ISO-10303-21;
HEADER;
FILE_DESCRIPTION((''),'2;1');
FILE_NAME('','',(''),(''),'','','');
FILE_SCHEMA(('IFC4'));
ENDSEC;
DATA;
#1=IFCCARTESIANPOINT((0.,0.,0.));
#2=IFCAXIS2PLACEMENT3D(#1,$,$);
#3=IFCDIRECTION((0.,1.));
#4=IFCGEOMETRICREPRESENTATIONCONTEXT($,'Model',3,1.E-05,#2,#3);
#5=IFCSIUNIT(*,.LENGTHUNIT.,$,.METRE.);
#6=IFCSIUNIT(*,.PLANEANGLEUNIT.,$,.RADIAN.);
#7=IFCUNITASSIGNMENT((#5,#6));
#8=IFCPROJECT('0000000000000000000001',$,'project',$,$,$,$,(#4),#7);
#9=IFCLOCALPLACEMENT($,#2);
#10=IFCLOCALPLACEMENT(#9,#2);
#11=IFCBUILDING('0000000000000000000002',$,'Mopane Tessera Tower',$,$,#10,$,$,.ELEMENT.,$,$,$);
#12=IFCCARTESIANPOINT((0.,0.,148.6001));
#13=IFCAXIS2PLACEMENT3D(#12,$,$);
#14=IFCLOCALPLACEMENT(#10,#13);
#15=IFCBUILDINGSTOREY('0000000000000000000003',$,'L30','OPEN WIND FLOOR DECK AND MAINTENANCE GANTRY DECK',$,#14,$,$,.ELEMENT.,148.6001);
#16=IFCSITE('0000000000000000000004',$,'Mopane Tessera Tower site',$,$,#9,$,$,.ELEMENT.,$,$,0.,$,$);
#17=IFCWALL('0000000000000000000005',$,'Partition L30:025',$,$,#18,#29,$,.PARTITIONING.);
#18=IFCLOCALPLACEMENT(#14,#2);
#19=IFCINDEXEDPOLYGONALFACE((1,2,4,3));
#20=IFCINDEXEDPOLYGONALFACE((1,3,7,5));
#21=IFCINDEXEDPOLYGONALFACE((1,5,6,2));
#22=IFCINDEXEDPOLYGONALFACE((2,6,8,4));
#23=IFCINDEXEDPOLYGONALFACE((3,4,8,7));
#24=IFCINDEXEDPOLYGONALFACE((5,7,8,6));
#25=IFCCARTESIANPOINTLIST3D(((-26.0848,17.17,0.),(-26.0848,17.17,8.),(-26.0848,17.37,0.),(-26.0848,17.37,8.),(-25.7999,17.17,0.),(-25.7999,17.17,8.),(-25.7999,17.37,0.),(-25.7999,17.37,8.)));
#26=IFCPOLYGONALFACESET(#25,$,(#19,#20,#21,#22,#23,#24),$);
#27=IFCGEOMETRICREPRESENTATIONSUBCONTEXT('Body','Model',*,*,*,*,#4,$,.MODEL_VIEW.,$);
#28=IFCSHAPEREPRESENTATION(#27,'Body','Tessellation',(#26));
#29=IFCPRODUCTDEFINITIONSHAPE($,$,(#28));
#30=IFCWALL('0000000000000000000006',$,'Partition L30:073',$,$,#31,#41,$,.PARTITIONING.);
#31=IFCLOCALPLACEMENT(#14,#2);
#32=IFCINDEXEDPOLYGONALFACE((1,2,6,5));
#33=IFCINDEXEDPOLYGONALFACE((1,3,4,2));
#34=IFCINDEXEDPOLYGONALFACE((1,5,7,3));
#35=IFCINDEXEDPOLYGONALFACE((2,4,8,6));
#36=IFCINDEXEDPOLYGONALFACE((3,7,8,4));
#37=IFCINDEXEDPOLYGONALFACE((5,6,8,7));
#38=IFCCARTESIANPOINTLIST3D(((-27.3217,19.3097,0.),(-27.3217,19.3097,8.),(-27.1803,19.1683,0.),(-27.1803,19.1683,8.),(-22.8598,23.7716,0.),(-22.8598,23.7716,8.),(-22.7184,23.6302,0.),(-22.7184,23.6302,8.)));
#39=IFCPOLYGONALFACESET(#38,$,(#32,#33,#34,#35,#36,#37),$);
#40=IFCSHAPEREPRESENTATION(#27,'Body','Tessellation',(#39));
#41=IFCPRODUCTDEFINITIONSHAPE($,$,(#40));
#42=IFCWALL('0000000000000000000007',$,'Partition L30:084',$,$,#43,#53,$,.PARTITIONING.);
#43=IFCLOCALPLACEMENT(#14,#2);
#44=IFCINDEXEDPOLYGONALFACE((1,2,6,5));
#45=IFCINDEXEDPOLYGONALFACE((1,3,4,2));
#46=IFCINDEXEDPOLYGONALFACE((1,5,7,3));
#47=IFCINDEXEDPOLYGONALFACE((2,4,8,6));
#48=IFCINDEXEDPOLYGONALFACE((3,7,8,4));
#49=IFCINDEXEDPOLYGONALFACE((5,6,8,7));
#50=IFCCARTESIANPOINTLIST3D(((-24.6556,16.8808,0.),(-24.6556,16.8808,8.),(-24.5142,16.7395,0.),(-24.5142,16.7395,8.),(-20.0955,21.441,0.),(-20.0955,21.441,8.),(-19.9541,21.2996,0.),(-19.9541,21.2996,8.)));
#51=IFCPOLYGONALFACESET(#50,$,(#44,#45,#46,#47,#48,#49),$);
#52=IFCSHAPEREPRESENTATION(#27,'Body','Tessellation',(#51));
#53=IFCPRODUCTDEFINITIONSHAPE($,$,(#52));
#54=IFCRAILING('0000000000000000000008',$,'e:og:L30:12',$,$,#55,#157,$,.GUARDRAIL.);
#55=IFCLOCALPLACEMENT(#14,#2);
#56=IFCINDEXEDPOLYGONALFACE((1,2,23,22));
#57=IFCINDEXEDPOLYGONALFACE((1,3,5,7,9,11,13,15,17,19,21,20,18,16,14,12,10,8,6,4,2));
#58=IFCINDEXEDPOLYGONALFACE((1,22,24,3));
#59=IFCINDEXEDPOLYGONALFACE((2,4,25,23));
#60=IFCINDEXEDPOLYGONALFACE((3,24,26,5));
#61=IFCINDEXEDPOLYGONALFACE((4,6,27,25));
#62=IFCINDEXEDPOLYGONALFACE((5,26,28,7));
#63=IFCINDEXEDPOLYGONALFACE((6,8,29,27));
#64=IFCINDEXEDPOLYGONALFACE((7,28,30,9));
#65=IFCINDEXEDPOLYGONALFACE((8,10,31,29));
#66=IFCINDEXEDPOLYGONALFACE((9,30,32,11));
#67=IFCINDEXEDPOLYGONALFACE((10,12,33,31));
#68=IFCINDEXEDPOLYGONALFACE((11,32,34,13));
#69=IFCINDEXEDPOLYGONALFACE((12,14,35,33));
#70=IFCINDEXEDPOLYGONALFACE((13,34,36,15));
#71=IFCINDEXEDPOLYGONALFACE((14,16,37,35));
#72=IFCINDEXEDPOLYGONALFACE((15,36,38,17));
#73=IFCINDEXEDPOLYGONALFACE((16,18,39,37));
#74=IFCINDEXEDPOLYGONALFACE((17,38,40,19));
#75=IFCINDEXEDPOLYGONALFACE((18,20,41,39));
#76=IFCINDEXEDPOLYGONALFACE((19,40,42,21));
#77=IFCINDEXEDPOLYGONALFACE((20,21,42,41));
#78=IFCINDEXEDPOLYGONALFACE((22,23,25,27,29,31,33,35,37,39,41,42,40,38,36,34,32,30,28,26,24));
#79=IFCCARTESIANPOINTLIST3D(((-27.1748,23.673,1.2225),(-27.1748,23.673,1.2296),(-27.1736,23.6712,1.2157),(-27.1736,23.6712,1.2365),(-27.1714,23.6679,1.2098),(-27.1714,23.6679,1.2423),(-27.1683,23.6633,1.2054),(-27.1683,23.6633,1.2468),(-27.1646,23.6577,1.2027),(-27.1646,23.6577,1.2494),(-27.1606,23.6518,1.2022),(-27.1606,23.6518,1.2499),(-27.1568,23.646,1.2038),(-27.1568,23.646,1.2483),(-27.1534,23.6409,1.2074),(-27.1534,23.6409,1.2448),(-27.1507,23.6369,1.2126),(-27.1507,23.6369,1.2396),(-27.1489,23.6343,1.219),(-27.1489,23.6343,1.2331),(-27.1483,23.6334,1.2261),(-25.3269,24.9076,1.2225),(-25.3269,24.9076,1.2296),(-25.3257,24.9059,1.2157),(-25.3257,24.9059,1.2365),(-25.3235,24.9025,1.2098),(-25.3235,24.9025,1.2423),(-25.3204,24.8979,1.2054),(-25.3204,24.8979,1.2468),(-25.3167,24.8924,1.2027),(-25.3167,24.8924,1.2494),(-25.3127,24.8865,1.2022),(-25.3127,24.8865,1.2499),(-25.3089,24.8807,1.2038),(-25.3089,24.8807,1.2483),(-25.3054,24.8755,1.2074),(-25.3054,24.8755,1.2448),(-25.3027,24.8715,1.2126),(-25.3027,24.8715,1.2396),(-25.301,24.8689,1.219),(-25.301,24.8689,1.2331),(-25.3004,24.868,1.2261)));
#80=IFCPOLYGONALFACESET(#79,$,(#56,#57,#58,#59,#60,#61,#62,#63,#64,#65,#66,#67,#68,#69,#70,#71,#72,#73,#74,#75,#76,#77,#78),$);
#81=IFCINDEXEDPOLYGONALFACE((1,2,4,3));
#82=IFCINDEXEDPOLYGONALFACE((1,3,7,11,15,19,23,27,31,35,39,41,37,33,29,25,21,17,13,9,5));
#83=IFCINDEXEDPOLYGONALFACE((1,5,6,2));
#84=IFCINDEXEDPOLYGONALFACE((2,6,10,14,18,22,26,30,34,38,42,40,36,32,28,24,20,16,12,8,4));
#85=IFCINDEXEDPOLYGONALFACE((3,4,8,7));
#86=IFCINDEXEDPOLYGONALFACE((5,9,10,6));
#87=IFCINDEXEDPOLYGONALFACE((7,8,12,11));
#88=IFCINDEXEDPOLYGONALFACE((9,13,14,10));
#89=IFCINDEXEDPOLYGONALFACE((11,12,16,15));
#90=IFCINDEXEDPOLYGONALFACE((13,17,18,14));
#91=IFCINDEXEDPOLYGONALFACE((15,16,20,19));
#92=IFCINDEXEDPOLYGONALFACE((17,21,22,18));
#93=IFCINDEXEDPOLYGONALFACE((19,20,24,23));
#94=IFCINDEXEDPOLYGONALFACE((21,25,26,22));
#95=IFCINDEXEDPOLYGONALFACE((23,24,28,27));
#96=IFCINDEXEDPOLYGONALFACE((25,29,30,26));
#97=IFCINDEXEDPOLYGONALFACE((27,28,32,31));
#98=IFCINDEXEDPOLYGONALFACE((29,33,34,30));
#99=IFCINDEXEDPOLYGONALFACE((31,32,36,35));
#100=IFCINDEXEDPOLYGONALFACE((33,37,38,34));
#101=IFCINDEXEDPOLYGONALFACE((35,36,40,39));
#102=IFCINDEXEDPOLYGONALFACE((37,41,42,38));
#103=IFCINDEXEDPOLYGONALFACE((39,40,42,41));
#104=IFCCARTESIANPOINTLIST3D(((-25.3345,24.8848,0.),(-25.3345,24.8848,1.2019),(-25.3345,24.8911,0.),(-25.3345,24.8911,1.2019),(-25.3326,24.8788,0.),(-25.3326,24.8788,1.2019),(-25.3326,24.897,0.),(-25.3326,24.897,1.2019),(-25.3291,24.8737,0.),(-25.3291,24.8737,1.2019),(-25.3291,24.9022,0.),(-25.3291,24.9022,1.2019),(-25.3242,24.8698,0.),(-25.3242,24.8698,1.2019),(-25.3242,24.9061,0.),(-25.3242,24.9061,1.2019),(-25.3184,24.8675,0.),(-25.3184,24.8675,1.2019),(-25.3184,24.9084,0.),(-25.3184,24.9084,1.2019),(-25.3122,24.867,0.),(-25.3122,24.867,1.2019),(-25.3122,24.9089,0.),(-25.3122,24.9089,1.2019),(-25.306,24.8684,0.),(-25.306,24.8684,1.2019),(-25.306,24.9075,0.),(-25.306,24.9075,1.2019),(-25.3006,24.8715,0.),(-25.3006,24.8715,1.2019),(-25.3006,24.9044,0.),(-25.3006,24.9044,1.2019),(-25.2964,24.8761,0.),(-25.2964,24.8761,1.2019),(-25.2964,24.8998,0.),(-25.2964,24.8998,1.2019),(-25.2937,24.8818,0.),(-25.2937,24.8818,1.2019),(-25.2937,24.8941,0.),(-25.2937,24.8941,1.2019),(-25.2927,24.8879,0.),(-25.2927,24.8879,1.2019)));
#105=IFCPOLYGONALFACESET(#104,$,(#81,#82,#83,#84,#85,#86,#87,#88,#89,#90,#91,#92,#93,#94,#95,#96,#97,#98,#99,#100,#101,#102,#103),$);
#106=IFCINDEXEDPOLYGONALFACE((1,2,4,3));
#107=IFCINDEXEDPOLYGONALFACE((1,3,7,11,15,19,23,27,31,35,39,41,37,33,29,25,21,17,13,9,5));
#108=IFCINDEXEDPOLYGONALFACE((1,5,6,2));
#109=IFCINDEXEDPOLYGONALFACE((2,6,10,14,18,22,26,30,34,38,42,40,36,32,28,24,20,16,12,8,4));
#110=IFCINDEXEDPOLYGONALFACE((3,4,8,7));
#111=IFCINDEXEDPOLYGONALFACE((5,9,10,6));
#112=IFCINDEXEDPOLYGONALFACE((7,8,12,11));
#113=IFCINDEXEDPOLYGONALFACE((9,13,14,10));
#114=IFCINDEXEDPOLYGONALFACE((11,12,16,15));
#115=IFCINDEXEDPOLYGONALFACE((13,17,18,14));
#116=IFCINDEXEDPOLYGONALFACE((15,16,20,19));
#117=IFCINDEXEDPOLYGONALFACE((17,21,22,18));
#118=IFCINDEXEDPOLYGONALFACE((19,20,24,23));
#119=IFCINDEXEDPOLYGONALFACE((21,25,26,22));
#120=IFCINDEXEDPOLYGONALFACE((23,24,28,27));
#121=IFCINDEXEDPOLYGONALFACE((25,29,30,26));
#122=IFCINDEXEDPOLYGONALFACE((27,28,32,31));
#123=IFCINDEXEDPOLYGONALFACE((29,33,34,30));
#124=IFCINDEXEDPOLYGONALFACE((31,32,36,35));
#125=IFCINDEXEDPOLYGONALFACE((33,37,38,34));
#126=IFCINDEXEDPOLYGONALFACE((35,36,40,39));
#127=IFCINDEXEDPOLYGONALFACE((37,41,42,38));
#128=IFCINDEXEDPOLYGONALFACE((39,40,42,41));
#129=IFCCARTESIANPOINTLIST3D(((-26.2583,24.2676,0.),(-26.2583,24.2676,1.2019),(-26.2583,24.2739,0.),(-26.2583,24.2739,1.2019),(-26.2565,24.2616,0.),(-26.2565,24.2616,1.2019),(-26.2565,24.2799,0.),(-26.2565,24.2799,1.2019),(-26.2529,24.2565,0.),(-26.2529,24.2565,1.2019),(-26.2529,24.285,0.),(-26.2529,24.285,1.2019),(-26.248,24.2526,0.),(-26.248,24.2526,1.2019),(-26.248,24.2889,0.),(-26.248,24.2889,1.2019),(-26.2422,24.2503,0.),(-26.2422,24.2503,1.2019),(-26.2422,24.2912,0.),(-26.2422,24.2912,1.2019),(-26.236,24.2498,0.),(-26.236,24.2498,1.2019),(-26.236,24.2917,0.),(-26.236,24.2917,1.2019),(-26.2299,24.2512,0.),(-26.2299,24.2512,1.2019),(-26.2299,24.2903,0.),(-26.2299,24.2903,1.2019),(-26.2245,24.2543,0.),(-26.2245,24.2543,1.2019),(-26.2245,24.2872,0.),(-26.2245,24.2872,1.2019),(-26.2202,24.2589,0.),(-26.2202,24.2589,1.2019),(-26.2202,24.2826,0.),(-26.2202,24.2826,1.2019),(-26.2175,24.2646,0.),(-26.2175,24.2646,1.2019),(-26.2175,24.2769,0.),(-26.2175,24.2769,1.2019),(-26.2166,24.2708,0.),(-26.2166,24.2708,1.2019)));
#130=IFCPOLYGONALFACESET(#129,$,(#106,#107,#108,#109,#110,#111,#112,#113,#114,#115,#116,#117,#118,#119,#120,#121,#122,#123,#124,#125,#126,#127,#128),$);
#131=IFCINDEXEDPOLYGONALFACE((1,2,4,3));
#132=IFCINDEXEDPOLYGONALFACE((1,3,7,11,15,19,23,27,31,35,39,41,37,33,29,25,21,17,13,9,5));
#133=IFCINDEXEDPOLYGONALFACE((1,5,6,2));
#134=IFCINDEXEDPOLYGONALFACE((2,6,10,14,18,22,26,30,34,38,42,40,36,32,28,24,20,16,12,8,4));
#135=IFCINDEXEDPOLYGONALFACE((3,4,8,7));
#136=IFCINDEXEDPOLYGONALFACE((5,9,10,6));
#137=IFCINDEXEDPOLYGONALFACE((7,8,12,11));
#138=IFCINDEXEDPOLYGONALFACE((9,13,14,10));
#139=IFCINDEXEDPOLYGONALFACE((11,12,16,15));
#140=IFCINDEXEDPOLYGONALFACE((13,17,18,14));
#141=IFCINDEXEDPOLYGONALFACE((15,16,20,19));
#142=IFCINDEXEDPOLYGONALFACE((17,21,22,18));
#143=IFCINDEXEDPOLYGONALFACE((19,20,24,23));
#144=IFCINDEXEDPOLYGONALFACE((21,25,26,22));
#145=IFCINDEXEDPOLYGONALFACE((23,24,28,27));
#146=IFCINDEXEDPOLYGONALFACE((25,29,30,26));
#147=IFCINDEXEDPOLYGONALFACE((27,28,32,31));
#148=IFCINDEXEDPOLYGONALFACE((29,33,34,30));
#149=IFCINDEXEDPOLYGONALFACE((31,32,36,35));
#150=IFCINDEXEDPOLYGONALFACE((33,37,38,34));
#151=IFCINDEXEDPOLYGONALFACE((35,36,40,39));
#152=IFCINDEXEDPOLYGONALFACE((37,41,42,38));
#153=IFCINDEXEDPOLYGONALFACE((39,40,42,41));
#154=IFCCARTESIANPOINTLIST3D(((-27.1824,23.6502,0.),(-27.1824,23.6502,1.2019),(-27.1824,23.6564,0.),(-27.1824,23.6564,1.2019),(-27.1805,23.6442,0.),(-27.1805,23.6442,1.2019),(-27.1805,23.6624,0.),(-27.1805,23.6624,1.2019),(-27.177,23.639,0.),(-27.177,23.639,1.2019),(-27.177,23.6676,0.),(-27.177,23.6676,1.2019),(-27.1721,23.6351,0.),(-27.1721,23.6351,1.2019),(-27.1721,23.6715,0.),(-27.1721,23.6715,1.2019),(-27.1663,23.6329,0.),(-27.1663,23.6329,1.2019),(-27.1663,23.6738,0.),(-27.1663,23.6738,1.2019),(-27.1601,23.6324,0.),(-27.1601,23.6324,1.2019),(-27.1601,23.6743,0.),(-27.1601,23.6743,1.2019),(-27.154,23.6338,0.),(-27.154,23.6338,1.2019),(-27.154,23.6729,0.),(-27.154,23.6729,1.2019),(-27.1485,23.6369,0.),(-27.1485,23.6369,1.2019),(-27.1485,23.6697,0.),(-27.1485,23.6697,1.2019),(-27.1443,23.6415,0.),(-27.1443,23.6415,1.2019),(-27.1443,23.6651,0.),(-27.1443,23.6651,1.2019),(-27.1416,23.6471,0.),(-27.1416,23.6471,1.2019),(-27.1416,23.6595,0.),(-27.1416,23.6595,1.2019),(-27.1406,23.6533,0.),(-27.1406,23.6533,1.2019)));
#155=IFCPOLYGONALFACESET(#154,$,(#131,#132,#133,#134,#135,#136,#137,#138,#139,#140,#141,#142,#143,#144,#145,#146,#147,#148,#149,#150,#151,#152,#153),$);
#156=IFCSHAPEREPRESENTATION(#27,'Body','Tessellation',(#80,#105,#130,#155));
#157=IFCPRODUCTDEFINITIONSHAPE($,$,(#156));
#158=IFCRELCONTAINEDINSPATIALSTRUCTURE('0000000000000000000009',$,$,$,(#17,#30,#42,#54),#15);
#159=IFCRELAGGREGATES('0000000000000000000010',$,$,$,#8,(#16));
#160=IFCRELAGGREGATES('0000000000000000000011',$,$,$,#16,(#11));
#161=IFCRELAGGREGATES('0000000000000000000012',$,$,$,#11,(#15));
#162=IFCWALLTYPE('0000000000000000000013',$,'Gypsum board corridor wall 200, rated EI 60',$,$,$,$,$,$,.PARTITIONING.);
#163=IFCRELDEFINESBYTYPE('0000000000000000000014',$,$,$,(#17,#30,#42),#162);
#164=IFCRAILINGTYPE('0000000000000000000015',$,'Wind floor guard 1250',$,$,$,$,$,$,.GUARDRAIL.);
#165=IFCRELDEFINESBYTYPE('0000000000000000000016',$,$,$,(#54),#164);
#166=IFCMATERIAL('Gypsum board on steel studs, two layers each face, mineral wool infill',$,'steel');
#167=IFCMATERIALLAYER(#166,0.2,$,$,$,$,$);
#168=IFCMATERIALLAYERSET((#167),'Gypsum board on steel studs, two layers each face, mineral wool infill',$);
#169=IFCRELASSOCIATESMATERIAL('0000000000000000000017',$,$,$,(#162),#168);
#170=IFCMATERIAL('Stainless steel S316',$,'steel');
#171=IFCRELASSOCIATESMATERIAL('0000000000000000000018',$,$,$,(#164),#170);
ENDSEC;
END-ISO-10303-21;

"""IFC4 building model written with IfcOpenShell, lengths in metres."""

from ifc_helpers import new_model, si_unit, direction, frame, frame_2d, origin, origin_2d, place, context, subcontext, project, spatial, rectangle, circle, extrude, material, layer, layer_set, type_object, element, save


model = new_model("IFC4")

# Units and contexts
model_context = context("Model", 3, precision=1e-05, world=origin(), true_north=direction((0.0, 1.0)))
body_context = subcontext(model_context, "Body", "Model", "MODEL_VIEW")
ifc_project = project(units=[si_unit("LENGTHUNIT", "METRE"), si_unit("PLANEANGLEUNIT", "RADIAN")], contexts=[model_context])

# Site, building, storey
site_placement = place(None, origin())
site = spatial("IfcSite", under=ifc_project, at=site_placement, Name="Mopane Tessera Tower site", CompositionType="ELEMENT", RefElevation=0.0)
building_placement = place(site_placement, origin())
building = spatial("IfcBuilding", under=site, at=building_placement, Name="Mopane Tessera Tower", CompositionType="ELEMENT")
storey_placement = place(building_placement, frame((0.0, 0.0, 148.6001)))
storey = spatial("IfcBuildingStorey", under=building, at=storey_placement, Name="L30", Description="OPEN WIND FLOOR DECK AND MAINTENANCE GANTRY DECK", CompositionType="ELEMENT", Elevation=148.6001)

# Walls
ifc_material_1 = material(Name="Gypsum board on steel studs, two layers each face, mineral wool infill", Category="steel")
ifc_layer_1 = layer(ifc_material_1, 0.2)
ifc_layer_set_1 = layer_set([ifc_layer_1], Name="Gypsum board on steel studs, two layers each face, mineral wool infill")
wall_type = type_object("IfcWallType", Name="Gypsum board corridor wall 200, rated EI 60", PredefinedType="PARTITIONING", material=ifc_layer_set_1)
wall_1_placement = place(storey_placement, frame((-26.085, 17.27, 0.0), z_axis=(0.0, 0.0, 1.0), x_axis=(1.0, 0.0, 0.0)))
element("IfcWall", 1, at=wall_1_placement, inside=storey, type_object=wall_type, Name="Partition L30:025", PredefinedType="PARTITIONING", context=body_context, shape_type="SweptSolid", body=[
    extrude(rectangle(XDim=0.2849, YDim=0.2, at=frame_2d((0.1426, 0.0))), origin(), (0.0, 0.0, 1.0), 8.0),
])
wall_2_placement = place(storey_placement, frame((-27.251, 19.239, 0.0), z_axis=(0.0, 0.0, 1.0), x_axis=(0.707107, 0.707107, 0.0)))
element("IfcWall", 2, at=wall_2_placement, inside=storey, type_object=wall_type, Name="Partition L30:073", PredefinedType="PARTITIONING", context=body_context, shape_type="SweptSolid", body=[
    extrude(rectangle(XDim=6.3101, YDim=0.2, at=frame_2d((3.155, 0.0))), origin(), (0.0, 0.0, 1.0), 8.0),
])
wall_3_placement = place(storey_placement, frame((-24.585, 16.8101, 0.0), z_axis=(0.0, 0.0, 1.0), x_axis=(0.707107, 0.707107, 0.0)))
element("IfcWall", 3, at=wall_3_placement, inside=storey, type_object=wall_type, Name="Partition L30:084", PredefinedType="PARTITIONING", context=body_context, shape_type="SweptSolid", body=[
    extrude(rectangle(XDim=6.449, YDim=0.2, at=frame_2d((3.2246, 0.0))), origin(), (0.0, 0.0, 1.0), 8.0),
])

# Railing
ifc_material_2 = material(Name="Stainless steel S316", Category="steel")
railing_type = type_object("IfcRailingType", Name="Wind floor guard 1250", PredefinedType="GUARDRAIL", material=ifc_material_2)
railing_1_placement = place(storey_placement, frame((-25.3137, 24.8879, 0.0)))
element("IfcRailing", 4, at=railing_1_placement, inside=storey, type_object=railing_type, Name="e:og:L30:12", PredefinedType="GUARDRAIL", context=body_context, shape_type="SweptSolid", body=[
    extrude(circle(Radius=0.0239, at=origin_2d()), frame((0.0, 0.0, 1.2261), z_axis=(-0.831492, -0.555537, 0.0), x_axis=(0.555537, -0.831492, 0.0)), (0.0, 0.0, 1.0), 2.2224),
    extrude(circle(Radius=0.021, at=origin_2d()), origin(), (0.0, 0.0, 1.0), 1.2019),
    extrude(circle(Radius=0.021, at=origin_2d()), frame((-0.9238, -0.6172, 0.0)), (0.0, 0.0, 1.0), 1.2019),
    extrude(circle(Radius=0.021, at=origin_2d()), frame((-1.8479, -1.2346, 0.0)), (0.0, 0.0, 1.0), 1.2019),
])

save(model, "model.ifc")
